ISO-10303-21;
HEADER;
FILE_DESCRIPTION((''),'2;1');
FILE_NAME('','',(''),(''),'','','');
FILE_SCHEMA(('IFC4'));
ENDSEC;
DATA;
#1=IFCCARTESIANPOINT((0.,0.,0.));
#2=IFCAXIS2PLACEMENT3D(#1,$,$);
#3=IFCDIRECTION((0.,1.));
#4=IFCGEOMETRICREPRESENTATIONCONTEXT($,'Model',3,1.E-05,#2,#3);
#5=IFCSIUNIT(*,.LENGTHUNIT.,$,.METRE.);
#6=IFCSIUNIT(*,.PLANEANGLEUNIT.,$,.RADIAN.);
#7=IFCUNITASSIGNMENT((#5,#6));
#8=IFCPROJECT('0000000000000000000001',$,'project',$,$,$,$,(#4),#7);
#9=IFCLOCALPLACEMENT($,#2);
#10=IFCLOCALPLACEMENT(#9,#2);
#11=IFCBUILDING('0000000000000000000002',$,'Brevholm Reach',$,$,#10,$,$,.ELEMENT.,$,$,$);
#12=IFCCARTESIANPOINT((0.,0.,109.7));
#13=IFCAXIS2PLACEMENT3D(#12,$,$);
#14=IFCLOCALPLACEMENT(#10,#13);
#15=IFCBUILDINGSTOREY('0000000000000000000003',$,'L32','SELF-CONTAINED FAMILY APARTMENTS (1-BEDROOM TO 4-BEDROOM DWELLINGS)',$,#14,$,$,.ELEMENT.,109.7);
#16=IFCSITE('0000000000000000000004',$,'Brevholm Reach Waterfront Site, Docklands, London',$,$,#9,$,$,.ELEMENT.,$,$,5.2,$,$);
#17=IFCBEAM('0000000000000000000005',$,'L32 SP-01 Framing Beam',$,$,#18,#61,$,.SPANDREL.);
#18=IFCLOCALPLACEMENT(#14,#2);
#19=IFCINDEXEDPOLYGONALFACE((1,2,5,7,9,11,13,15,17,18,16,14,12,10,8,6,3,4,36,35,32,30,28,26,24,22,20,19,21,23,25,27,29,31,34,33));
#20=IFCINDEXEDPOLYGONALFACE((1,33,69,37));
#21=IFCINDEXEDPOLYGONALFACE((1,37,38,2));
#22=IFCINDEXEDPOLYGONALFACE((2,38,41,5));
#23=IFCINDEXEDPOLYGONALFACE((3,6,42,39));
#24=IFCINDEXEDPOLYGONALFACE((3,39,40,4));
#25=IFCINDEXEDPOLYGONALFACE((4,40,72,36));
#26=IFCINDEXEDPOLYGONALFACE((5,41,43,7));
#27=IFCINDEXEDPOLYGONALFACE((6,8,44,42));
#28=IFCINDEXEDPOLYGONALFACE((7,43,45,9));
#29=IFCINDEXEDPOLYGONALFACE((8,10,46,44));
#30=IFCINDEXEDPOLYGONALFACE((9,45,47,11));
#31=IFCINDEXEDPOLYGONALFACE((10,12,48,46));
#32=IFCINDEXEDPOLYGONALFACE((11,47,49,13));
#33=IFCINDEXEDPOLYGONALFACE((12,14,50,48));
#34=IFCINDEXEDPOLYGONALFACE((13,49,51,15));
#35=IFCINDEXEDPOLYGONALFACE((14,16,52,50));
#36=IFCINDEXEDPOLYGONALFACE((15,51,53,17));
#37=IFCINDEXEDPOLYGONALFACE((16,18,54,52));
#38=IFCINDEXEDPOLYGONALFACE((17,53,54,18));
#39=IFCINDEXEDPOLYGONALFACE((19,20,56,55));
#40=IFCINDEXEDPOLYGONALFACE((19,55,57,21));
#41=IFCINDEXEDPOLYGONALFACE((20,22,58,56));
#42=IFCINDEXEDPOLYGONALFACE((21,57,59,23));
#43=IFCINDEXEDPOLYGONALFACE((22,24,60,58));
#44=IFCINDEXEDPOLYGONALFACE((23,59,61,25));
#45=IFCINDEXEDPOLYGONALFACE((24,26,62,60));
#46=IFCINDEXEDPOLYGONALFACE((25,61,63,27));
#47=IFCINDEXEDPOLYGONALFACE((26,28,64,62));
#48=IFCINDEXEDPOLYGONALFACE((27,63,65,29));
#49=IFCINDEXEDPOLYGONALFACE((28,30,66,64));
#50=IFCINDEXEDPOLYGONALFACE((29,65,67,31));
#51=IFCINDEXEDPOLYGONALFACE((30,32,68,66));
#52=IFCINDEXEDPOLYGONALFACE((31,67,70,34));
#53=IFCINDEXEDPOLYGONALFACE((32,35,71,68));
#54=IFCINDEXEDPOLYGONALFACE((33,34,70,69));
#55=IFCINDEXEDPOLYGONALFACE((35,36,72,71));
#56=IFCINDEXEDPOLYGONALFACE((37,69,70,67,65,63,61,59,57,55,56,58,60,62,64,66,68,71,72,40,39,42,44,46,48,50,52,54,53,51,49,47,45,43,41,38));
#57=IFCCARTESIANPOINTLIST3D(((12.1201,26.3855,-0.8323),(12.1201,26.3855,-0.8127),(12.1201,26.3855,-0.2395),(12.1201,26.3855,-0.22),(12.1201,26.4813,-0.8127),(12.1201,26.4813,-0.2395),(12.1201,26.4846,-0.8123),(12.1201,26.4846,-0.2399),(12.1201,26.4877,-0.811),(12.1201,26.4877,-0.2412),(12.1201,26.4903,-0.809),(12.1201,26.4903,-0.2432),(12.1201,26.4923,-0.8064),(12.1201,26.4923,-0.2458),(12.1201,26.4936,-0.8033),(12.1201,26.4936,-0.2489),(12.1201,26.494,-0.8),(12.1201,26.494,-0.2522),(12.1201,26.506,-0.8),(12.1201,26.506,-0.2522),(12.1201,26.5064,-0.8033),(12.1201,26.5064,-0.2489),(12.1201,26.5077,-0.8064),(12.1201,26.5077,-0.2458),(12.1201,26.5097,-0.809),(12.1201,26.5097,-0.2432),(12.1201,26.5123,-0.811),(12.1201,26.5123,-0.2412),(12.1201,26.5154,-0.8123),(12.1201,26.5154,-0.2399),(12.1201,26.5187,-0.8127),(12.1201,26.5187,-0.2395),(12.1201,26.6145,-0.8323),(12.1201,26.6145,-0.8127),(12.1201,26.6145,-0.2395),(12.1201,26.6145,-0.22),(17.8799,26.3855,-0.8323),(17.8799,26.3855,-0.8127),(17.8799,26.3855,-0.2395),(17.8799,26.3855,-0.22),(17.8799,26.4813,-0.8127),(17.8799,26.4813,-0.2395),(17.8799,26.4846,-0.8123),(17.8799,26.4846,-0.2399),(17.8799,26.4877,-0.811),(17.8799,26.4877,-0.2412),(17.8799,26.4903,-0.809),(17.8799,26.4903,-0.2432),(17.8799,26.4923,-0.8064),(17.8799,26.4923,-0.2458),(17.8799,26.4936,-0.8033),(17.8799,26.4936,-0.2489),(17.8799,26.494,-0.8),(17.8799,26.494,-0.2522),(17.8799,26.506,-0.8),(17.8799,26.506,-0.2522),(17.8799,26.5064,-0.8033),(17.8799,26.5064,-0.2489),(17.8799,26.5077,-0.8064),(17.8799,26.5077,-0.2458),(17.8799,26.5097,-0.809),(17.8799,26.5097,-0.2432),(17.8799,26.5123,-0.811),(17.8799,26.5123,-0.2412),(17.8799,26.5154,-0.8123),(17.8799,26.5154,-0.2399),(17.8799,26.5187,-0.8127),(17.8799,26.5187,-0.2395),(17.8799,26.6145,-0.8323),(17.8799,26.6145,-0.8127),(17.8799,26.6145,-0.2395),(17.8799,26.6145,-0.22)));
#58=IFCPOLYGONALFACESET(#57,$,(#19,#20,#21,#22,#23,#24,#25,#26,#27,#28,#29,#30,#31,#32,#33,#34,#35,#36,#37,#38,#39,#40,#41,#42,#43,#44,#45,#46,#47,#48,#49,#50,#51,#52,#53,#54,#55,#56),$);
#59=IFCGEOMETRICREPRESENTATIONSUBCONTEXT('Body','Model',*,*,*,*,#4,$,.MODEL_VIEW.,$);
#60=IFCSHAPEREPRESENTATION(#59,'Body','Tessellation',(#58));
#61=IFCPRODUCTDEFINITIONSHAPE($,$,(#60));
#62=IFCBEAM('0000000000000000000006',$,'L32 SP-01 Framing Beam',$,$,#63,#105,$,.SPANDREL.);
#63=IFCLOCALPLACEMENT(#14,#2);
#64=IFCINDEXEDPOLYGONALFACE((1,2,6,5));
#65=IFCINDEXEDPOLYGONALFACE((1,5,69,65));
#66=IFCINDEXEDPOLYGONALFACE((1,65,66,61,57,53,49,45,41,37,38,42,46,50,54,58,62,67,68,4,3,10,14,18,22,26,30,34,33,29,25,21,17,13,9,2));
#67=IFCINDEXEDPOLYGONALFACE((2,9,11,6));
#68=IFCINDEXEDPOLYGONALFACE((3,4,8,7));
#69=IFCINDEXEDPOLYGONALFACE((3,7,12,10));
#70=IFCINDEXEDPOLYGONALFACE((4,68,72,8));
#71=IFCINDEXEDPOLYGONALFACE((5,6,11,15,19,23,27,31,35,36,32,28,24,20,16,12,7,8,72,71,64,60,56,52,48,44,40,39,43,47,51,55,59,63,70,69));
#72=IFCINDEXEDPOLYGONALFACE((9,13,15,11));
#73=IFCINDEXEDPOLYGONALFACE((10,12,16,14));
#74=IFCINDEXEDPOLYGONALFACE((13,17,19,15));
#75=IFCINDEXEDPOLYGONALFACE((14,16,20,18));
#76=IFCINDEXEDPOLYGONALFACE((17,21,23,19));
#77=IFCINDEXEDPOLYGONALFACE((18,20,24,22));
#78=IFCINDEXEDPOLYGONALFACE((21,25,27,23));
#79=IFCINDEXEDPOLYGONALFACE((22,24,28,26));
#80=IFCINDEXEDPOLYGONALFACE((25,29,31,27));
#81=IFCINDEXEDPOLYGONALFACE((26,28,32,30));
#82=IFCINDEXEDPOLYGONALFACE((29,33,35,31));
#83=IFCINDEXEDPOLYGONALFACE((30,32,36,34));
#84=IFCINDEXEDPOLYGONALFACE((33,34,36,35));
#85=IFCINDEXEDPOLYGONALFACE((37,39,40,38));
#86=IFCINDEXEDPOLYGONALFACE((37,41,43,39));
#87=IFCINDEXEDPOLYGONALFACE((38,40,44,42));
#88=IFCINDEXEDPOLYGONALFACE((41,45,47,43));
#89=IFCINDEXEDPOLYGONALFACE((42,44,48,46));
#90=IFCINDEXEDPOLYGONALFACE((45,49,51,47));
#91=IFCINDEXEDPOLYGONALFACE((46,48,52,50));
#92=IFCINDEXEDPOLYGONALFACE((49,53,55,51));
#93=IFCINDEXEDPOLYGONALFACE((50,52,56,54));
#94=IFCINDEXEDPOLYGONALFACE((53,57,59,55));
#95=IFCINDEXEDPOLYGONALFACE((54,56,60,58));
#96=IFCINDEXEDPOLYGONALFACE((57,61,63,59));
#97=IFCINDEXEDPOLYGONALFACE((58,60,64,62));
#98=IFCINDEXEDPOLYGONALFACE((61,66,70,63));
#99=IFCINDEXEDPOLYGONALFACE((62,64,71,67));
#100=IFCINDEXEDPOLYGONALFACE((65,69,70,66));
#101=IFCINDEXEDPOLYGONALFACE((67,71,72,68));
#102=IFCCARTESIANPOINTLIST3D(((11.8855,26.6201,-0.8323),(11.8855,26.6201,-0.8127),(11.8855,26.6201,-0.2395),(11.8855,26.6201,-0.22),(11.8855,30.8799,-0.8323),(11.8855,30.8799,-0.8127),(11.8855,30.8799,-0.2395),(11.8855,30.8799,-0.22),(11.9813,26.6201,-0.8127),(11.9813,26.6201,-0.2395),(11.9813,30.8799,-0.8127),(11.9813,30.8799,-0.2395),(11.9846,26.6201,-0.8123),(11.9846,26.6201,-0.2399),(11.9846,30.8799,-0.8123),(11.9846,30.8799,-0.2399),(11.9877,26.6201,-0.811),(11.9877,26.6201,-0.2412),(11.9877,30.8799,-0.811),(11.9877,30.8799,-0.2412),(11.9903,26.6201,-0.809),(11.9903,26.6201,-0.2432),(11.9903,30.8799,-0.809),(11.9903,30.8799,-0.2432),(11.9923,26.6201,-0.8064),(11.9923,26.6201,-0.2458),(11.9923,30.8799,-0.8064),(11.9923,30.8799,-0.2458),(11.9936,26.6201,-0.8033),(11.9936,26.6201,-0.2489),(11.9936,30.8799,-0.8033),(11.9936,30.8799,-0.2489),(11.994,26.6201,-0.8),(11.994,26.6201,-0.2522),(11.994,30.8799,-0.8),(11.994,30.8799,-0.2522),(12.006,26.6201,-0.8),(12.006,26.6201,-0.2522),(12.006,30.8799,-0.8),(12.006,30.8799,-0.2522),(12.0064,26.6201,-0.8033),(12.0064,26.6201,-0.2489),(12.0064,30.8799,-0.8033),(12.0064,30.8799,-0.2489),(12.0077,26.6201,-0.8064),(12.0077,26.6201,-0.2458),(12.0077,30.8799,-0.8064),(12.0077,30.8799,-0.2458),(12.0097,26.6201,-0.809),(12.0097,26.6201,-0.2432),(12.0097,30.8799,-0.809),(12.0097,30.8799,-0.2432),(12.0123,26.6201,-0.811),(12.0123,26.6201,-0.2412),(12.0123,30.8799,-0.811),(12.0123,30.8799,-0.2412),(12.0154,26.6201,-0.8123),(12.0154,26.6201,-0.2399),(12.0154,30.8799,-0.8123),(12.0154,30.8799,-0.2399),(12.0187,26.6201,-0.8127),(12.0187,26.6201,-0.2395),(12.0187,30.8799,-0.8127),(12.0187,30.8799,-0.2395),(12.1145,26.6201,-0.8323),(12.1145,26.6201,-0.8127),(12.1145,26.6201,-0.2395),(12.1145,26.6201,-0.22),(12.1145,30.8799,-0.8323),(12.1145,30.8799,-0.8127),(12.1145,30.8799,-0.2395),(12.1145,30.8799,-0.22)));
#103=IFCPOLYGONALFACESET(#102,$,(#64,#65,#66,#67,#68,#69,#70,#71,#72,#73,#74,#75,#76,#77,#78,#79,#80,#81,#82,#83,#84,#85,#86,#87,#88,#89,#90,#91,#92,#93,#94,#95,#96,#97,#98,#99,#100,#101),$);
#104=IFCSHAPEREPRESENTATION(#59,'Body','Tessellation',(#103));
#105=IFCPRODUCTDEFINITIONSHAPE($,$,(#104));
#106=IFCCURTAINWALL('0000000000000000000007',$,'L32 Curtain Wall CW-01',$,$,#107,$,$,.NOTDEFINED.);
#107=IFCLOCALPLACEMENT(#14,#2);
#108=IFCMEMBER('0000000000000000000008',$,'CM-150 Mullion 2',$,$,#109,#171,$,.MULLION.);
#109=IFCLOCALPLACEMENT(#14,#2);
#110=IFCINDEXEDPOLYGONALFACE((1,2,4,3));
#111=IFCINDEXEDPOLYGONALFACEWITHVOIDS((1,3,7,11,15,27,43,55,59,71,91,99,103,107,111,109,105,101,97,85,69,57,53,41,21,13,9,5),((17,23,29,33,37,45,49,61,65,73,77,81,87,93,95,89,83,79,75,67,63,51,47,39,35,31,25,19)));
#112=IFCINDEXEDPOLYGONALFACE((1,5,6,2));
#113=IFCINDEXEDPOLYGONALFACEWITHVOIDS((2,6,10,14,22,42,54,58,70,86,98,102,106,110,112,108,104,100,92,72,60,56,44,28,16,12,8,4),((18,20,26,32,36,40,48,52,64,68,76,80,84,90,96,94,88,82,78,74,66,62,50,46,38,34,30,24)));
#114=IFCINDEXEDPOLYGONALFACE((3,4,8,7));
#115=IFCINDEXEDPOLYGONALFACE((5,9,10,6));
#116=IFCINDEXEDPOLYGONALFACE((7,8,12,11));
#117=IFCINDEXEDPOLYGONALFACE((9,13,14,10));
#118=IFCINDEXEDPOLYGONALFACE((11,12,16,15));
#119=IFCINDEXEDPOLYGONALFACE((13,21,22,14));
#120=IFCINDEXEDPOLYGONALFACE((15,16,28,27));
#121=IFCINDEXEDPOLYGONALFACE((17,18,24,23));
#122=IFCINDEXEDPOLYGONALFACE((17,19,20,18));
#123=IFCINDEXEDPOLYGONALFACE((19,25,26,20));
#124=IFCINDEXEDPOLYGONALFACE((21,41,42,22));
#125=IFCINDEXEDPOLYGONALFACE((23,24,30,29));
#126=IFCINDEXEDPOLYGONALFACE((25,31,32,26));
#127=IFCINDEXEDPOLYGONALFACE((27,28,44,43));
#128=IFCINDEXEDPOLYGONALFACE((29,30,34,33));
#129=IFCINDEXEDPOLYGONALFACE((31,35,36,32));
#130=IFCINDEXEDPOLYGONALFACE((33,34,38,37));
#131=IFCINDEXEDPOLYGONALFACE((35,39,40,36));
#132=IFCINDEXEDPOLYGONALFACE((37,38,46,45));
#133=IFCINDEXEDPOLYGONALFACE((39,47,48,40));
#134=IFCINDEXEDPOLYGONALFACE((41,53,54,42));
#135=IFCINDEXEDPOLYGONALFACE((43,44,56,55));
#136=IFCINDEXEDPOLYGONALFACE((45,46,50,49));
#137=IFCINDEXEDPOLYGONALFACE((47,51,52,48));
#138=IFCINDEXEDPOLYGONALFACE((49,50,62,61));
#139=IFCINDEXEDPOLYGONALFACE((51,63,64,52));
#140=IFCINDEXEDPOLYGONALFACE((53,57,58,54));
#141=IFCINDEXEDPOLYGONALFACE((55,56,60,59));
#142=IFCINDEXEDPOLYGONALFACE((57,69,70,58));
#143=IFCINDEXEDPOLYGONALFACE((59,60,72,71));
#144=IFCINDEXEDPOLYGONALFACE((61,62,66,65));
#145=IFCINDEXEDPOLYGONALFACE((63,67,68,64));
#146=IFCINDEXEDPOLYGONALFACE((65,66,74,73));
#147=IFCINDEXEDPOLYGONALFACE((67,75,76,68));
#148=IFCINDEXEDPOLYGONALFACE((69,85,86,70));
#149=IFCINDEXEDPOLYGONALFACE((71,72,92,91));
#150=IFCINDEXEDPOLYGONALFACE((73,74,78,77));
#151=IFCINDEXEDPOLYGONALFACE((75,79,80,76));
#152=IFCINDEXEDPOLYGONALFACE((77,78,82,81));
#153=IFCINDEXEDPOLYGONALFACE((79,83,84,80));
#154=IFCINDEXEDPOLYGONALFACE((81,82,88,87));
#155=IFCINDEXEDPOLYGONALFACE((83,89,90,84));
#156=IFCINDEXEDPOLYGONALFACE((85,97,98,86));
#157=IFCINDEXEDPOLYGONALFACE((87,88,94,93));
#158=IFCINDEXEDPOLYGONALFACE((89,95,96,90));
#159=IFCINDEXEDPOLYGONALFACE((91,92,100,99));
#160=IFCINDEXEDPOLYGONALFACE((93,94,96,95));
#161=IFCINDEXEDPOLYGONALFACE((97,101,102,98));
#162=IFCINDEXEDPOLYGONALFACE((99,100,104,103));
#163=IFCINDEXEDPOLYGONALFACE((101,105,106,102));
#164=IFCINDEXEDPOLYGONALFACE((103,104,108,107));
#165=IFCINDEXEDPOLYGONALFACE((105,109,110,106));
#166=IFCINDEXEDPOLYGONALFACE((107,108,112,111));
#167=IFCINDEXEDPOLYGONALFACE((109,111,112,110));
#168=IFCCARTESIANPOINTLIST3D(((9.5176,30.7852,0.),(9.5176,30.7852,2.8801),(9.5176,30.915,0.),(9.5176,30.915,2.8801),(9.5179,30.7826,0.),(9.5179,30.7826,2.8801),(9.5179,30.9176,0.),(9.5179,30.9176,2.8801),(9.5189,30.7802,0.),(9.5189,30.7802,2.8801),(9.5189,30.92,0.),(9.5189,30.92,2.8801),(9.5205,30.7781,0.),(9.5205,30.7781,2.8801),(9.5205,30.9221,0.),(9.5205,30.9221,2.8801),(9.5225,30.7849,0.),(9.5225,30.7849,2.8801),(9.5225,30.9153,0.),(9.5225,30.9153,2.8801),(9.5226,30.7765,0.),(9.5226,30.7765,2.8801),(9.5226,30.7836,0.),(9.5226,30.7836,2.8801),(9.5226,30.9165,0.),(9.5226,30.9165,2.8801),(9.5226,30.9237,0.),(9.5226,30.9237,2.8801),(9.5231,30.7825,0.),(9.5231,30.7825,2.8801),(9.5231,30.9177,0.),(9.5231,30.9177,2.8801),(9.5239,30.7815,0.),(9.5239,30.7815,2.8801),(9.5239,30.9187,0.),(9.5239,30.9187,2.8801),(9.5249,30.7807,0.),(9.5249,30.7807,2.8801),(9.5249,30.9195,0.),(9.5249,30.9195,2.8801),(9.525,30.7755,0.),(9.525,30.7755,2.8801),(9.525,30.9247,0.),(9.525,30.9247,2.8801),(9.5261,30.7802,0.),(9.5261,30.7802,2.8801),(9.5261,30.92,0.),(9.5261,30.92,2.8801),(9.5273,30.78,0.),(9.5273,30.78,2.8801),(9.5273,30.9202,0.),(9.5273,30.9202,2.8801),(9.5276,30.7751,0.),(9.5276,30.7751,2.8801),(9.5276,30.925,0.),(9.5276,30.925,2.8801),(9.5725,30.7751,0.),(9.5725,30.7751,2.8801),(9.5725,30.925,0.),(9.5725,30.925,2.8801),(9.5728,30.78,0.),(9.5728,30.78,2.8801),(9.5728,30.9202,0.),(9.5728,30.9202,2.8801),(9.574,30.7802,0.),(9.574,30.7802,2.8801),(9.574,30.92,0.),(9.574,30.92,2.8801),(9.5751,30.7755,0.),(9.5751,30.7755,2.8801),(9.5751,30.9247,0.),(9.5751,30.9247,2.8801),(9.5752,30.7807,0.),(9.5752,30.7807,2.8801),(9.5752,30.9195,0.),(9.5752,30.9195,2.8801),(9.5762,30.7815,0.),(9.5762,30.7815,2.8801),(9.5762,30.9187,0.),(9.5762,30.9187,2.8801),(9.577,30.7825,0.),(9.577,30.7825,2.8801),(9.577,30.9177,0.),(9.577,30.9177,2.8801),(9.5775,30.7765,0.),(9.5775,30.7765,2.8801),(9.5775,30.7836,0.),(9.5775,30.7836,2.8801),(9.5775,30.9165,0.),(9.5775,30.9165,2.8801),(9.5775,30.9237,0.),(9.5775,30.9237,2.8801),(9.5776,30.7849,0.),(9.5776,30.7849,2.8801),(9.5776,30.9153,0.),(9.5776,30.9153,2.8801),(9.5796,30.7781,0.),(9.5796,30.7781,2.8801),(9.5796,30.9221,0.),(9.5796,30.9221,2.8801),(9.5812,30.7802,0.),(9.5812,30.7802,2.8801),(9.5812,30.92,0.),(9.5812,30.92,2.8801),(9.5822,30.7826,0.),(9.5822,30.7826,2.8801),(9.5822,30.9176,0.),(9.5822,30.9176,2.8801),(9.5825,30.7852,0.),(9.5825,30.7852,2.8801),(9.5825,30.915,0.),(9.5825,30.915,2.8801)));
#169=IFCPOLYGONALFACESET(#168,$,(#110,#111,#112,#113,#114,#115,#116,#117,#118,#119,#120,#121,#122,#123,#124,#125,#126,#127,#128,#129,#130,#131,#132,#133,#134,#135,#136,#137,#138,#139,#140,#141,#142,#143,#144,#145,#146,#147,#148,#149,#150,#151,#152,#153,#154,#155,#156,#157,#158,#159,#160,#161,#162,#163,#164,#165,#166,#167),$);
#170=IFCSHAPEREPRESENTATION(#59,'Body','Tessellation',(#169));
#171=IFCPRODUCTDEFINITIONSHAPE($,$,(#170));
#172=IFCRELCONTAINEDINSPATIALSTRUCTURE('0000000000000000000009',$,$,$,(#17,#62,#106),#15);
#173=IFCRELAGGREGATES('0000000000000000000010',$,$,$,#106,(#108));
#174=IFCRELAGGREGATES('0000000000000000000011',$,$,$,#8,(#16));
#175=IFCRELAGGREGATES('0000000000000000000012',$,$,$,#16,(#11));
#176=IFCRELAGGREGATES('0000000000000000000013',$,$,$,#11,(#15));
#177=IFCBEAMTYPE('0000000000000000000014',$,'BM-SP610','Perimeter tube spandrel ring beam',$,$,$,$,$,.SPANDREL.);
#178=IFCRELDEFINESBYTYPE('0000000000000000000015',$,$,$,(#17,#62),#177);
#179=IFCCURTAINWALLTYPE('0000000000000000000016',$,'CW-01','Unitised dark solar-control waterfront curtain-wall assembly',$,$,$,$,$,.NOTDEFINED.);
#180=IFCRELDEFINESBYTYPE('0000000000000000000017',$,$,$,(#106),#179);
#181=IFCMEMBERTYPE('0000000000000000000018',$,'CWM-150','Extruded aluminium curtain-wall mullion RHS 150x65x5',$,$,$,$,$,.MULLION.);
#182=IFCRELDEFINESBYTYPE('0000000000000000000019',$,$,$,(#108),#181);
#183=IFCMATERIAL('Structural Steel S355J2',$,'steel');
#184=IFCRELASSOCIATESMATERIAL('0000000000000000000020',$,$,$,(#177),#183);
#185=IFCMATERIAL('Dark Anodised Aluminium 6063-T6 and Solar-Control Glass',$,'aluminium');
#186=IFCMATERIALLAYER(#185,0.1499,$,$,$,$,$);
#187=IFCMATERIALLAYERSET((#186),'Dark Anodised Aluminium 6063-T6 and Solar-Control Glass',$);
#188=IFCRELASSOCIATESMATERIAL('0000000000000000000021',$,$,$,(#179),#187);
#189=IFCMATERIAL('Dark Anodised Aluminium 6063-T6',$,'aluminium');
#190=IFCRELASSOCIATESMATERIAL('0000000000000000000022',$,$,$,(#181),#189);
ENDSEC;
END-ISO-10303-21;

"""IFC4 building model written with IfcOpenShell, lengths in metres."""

from ifc_helpers import new_model, si_unit, direction, frame, origin, origin_2d, place, context, subcontext, project, spatial, hollow_rectangle, i_section, extrude, material, layer, layer_set, material_profile, profile_set, type_object, element, aggregate, save


model = new_model("IFC4")

# Units and contexts
model_context = context("Model", 3, precision=1e-05, world=origin(), true_north=direction((0.0, 1.0)))
body_context = subcontext(model_context, "Body", "Model", "MODEL_VIEW")
ifc_project = project(units=[si_unit("LENGTHUNIT", "METRE"), si_unit("PLANEANGLEUNIT", "RADIAN")], contexts=[model_context])

# Site, building, storey
site_placement = place(None, origin())
site = spatial("IfcSite", under=ifc_project, at=site_placement, Name="Brevholm Reach Waterfront Site, Docklands, London", CompositionType="ELEMENT", RefElevation=5.2)
building_placement = place(site_placement, origin())
building = spatial("IfcBuilding", under=site, at=building_placement, Name="Brevholm Reach", CompositionType="ELEMENT")
storey_placement = place(building_placement, frame((0.0, 0.0, 109.7)))
storey = spatial("IfcBuildingStorey", under=building, at=storey_placement, Name="L32", Description="SELF-CONTAINED FAMILY APARTMENTS (1-BEDROOM TO 4-BEDROOM DWELLINGS)", CompositionType="ELEMENT", Elevation=109.7)

# Beams
ifc_material_1 = material(Name="Structural Steel S355J2", Category="steel")
ifc_material_profile_1 = material_profile(ifc_material_1, i_section(OverallWidth=0.229, OverallDepth=0.6123, WebThickness=0.012, FlangeThickness=0.0195, FilletRadius=0.0127, at=origin_2d()), Name="UKB 610x229x125")
ifc_profile_set_1 = profile_set([ifc_material_profile_1], Name="Structural Steel S355J2")
beam_type_1 = type_object("IfcBeamType", Name="BM-SP610", Description="Perimeter tube spandrel ring beam", PredefinedType="SPANDREL", material=ifc_profile_set_1)
beam_1_placement = place(storey_placement, frame((12.1201, 26.5, -0.5261), z_axis=(1.0, 0.0, 0.0), x_axis=(0.0, 1.0, 0.0)))
element("IfcBeam", 1, at=beam_1_placement, inside=storey, type_object=beam_type_1, Name="L32 SP-01 Framing Beam", PredefinedType="SPANDREL", context=body_context, shape_type="SweptSolid", body=[
    extrude(i_section(OverallWidth=0.229, OverallDepth=0.6123, WebThickness=0.012, FlangeThickness=0.0195, FilletRadius=0.0127, at=origin_2d()), origin(), (0.0, 0.0, 1.0), 5.7598),
])
beam_2_placement = place(storey_placement, frame((12.0, 26.6201, -0.5261), z_axis=(0.0, 1.0, 0.0), x_axis=(-1.0, 0.0, 0.0)))
element("IfcBeam", 2, at=beam_2_placement, inside=storey, type_object=beam_type_1, Name="L32 SP-01 Framing Beam", PredefinedType="SPANDREL", context=body_context, shape_type="SweptSolid", body=[
    extrude(i_section(OverallWidth=0.229, OverallDepth=0.6123, WebThickness=0.012, FlangeThickness=0.0195, FilletRadius=0.0127, at=origin_2d()), origin(), (0.0, 0.0, 1.0), 4.2598),
])

# Curtain wall, member
ifc_material_2 = material(Name="Dark Anodised Aluminium 6063-T6 and Solar-Control Glass", Category="aluminium")
ifc_layer_1 = layer(ifc_material_2, 0.1499)
ifc_layer_set_1 = layer_set([ifc_layer_1], Name="Dark Anodised Aluminium 6063-T6 and Solar-Control Glass")
curtain_wall_type = type_object("IfcCurtainWallType", Name="CW-01", Description="Unitised dark solar-control waterfront curtain-wall assembly", PredefinedType="NOTDEFINED", material=ifc_layer_set_1)
curtain_wall_placement = place(storey_placement, origin())
curtain_wall = element("IfcCurtainWall", 3, at=curtain_wall_placement, inside=storey, type_object=curtain_wall_type, Name="L32 Curtain Wall CW-01", PredefinedType="NOTDEFINED")
ifc_material_3 = material(Name="Dark Anodised Aluminium 6063-T6", Category="aluminium")
ifc_material_profile_2 = material_profile(ifc_material_3, hollow_rectangle(XDim=0.0649, YDim=0.1499, WallThickness=0.0049, InnerFilletRadius=0.0049, OuterFilletRadius=0.01, at=origin_2d()), Name="RHS 150x65x5")
ifc_profile_set_2 = profile_set([ifc_material_profile_2], Name="Dark Anodised Aluminium 6063-T6")
member_type_1 = type_object("IfcMemberType", Name="CWM-150", Description="Extruded aluminium curtain-wall mullion RHS 150x65x5", PredefinedType="MULLION", material=ifc_profile_set_2)
member_1_placement = place(storey_placement, frame((9.55, 30.8501, 0.0), z_axis=(0.0, 0.0, 1.0), x_axis=(1.0, 0.0, 0.0)))
member_1 = element("IfcMember", 4, at=member_1_placement, type_object=member_type_1, Name="CM-150 Mullion 2", PredefinedType="MULLION", context=body_context, shape_type="SweptSolid", body=[
    extrude(hollow_rectangle(XDim=0.0649, YDim=0.1499, WallThickness=0.0049, InnerFilletRadius=0.0049, OuterFilletRadius=0.01, at=origin_2d()), origin(), (0.0, 0.0, 1.0), 2.8801),
])
aggregate(curtain_wall, [member_1])

save(model, "model.ifc")
